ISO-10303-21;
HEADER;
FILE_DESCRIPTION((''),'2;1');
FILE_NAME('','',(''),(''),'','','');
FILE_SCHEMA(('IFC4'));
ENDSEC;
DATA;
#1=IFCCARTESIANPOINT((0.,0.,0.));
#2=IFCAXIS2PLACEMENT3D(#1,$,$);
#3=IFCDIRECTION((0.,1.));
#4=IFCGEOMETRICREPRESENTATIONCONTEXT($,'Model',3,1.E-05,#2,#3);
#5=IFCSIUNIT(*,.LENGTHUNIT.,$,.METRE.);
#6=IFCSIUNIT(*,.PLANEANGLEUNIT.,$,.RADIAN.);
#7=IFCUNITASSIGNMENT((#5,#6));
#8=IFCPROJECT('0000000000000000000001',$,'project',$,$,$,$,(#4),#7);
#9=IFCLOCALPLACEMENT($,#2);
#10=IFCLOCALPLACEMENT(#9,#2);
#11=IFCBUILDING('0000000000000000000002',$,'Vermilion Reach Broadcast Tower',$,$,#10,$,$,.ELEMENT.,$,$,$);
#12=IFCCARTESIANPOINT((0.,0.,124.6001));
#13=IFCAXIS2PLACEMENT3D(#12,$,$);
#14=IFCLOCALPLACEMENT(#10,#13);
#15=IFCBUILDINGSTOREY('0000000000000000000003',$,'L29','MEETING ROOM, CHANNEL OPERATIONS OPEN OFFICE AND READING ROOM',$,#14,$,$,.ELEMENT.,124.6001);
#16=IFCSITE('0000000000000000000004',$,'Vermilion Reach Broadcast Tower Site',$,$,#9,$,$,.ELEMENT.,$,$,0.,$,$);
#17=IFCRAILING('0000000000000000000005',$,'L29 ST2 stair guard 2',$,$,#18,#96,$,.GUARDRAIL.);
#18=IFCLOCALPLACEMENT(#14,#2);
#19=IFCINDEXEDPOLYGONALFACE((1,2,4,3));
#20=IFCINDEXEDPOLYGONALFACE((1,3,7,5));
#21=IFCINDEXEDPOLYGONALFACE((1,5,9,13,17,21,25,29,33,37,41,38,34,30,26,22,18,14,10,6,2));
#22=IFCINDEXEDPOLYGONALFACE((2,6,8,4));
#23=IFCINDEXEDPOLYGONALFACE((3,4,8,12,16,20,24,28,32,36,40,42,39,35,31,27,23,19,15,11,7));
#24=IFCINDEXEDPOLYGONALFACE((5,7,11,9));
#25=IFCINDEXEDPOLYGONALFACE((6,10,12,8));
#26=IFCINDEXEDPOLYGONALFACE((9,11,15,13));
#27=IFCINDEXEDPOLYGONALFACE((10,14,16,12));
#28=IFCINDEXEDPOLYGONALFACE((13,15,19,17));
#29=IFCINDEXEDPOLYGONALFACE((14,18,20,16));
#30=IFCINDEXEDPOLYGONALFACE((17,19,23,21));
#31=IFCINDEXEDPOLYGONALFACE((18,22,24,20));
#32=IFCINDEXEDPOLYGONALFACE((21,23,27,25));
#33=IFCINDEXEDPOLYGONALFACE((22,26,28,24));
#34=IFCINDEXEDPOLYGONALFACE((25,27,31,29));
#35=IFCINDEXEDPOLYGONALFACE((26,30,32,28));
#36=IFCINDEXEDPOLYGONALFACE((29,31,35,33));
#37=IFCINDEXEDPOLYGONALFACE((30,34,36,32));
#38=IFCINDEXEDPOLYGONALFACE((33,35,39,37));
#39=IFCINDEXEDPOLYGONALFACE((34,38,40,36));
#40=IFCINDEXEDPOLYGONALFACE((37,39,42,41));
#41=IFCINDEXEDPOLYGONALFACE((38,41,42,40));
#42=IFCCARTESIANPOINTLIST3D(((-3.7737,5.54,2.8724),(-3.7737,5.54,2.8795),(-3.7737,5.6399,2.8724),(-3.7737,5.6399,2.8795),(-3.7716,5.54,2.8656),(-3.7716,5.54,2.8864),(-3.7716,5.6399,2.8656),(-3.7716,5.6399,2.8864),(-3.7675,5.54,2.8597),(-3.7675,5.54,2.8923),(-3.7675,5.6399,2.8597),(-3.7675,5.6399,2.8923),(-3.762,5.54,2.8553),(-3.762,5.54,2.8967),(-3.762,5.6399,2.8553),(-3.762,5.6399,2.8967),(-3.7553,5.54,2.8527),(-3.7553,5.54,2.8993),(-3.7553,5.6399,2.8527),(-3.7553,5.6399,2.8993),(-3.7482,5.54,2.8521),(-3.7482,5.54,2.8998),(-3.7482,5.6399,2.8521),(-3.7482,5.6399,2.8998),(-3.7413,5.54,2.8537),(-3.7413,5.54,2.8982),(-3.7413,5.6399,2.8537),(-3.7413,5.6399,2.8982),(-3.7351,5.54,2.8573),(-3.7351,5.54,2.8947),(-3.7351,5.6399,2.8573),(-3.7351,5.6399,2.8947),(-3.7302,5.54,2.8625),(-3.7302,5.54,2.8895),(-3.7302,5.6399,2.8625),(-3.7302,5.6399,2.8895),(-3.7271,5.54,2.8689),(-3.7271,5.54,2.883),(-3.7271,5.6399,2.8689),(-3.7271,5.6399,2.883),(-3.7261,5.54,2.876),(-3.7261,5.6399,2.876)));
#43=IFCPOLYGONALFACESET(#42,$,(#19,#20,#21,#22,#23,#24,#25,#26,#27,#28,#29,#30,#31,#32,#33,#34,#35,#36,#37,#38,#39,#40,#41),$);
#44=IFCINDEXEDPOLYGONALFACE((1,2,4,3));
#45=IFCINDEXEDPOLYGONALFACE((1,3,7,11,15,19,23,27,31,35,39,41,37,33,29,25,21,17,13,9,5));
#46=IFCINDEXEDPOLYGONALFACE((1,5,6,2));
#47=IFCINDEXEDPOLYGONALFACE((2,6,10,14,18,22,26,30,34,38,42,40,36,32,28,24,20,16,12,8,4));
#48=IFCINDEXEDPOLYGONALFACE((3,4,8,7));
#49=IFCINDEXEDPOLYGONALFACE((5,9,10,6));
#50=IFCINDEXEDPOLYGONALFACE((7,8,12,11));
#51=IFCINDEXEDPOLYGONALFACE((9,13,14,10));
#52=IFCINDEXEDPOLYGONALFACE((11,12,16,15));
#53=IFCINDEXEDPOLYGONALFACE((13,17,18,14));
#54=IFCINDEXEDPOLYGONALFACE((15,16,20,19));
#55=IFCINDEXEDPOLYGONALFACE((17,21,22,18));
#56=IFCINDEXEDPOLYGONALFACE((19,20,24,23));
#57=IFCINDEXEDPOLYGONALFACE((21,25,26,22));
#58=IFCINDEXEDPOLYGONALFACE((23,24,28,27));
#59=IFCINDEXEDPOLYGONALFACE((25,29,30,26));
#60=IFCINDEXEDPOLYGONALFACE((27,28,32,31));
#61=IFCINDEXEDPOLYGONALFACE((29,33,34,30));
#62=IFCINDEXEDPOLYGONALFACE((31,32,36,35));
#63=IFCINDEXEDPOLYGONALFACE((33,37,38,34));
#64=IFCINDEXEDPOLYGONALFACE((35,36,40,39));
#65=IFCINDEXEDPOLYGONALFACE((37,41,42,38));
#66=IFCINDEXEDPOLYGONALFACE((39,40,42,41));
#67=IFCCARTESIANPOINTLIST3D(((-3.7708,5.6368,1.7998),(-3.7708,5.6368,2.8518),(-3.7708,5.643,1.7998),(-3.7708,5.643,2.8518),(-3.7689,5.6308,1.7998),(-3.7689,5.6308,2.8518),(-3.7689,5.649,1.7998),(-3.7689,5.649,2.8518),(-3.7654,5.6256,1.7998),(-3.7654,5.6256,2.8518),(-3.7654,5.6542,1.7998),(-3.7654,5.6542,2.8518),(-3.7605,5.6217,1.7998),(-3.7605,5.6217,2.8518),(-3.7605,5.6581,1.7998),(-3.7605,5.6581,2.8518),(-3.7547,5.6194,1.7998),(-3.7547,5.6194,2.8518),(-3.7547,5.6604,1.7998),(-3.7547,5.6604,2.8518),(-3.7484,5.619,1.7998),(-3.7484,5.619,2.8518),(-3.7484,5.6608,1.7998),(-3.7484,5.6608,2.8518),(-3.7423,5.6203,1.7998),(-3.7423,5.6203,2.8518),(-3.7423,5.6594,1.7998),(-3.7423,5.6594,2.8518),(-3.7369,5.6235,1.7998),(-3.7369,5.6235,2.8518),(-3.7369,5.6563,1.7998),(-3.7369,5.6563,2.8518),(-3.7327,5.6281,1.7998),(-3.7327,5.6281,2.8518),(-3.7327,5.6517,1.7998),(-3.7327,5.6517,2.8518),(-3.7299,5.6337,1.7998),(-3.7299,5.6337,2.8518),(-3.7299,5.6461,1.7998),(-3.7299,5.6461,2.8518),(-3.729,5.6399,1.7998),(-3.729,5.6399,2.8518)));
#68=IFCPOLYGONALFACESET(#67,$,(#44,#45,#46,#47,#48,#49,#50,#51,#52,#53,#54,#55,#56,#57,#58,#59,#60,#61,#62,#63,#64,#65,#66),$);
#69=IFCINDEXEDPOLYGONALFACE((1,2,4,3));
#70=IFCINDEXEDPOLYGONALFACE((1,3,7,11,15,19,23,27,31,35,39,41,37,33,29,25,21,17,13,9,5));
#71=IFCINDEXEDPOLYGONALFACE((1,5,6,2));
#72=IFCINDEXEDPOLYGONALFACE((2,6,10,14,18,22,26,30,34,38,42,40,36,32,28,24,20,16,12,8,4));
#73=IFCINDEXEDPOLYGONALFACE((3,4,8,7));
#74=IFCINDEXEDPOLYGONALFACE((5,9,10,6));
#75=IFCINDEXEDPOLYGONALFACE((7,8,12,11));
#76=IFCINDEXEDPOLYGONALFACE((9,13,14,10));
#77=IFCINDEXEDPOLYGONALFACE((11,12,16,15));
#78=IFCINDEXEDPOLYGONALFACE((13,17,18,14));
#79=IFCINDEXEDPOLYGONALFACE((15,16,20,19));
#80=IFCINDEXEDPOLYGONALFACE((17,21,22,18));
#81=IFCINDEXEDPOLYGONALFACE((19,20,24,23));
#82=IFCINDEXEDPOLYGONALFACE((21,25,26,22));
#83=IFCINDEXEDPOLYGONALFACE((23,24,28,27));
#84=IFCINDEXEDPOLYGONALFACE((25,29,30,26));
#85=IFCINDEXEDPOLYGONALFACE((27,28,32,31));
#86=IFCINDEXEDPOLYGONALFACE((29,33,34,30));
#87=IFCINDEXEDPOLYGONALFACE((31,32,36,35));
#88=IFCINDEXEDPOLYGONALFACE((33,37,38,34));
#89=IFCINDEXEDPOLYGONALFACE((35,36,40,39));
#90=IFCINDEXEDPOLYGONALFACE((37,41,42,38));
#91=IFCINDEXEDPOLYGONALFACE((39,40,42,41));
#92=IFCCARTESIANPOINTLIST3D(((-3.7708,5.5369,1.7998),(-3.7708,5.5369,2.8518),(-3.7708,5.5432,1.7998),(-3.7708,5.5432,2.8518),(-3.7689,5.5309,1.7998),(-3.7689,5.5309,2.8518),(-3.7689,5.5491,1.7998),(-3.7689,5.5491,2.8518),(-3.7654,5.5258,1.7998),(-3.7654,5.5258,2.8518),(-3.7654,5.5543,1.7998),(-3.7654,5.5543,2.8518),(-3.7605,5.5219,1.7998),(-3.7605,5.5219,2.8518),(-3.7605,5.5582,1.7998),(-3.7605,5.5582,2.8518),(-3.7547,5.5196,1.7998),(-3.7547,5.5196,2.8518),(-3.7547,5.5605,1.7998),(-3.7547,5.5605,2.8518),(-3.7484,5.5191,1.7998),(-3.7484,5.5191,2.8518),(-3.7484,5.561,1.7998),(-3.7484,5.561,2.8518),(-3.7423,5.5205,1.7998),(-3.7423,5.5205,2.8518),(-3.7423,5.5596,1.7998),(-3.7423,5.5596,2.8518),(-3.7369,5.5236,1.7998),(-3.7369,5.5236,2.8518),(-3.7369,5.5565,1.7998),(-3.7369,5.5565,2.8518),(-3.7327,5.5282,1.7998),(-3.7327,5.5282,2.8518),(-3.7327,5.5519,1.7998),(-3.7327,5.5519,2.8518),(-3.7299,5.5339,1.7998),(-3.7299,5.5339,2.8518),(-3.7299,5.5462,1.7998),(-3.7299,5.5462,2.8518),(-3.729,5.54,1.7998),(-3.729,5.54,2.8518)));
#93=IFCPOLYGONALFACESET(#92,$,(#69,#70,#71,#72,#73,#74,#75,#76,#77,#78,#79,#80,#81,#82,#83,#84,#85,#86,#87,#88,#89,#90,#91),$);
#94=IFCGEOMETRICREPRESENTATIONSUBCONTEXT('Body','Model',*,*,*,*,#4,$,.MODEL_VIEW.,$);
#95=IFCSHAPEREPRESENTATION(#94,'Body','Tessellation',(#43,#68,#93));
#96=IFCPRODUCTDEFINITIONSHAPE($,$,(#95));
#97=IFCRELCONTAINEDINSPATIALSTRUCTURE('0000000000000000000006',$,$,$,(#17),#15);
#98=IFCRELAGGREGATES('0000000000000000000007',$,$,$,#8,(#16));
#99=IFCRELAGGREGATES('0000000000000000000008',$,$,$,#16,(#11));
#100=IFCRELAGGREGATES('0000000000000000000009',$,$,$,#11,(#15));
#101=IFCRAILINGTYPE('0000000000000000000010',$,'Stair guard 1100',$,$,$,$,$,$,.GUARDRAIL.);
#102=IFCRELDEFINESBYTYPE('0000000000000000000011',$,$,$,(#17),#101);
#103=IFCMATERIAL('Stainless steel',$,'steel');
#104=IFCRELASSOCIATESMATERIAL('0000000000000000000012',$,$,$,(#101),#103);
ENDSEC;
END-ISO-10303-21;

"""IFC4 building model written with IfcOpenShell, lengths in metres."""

from ifc_helpers import new_model, si_unit, direction, frame, origin, origin_2d, place, context, subcontext, project, spatial, circle, extrude, material, type_object, element, save


model = new_model("IFC4")

# Units and contexts
model_context = context("Model", 3, precision=1e-05, world=origin(), true_north=direction((0.0, 1.0)))
body_context = subcontext(model_context, "Body", "Model", "MODEL_VIEW")
ifc_project = project(units=[si_unit("LENGTHUNIT", "METRE"), si_unit("PLANEANGLEUNIT", "RADIAN")], contexts=[model_context])

# Site, building, storey
site_placement = place(None, origin())
site = spatial("IfcSite", under=ifc_project, at=site_placement, Name="Vermilion Reach Broadcast Tower Site", CompositionType="ELEMENT", RefElevation=0.0)
building_placement = place(site_placement, origin())
building = spatial("IfcBuilding", under=site, at=building_placement, Name="Vermilion Reach Broadcast Tower", CompositionType="ELEMENT")
storey_placement = place(building_placement, frame((0.0, 0.0, 124.6001)))
storey = spatial("IfcBuildingStorey", under=building, at=storey_placement, Name="L29", Description="MEETING ROOM, CHANNEL OPERATIONS OPEN OFFICE AND READING ROOM", CompositionType="ELEMENT", Elevation=124.6001)

# Railing
ifc_material_1 = material(Name="Stainless steel", Category="steel")
railing_type_1 = type_object("IfcRailingType", Name="Stair guard 1100", PredefinedType="GUARDRAIL", material=ifc_material_1)
railing_1_placement = place(storey_placement, frame((-3.75, 5.6399, 1.7998)))
element("IfcRailing", 1, at=railing_1_placement, inside=storey, type_object=railing_type_1, Name="L29 ST2 stair guard 2", PredefinedType="GUARDRAIL", context=body_context, shape_type="SweptSolid", body=[
    extrude(circle(Radius=0.0239, at=origin_2d()), frame((0.0, 0.0, 1.0762), z_axis=(0.0, -1.0, 0.0), x_axis=(1.0, 0.0, 0.0)), (0.0, 0.0, 1.0), 0.0999),
    extrude(circle(Radius=0.021, at=origin_2d()), origin(), (0.0, 0.0, 1.0), 1.052),
    extrude(circle(Radius=0.021, at=origin_2d()), frame((0.0, -0.0999, 0.0)), (0.0, 0.0, 1.0), 1.052),
])

save(model, "model.ifc")
